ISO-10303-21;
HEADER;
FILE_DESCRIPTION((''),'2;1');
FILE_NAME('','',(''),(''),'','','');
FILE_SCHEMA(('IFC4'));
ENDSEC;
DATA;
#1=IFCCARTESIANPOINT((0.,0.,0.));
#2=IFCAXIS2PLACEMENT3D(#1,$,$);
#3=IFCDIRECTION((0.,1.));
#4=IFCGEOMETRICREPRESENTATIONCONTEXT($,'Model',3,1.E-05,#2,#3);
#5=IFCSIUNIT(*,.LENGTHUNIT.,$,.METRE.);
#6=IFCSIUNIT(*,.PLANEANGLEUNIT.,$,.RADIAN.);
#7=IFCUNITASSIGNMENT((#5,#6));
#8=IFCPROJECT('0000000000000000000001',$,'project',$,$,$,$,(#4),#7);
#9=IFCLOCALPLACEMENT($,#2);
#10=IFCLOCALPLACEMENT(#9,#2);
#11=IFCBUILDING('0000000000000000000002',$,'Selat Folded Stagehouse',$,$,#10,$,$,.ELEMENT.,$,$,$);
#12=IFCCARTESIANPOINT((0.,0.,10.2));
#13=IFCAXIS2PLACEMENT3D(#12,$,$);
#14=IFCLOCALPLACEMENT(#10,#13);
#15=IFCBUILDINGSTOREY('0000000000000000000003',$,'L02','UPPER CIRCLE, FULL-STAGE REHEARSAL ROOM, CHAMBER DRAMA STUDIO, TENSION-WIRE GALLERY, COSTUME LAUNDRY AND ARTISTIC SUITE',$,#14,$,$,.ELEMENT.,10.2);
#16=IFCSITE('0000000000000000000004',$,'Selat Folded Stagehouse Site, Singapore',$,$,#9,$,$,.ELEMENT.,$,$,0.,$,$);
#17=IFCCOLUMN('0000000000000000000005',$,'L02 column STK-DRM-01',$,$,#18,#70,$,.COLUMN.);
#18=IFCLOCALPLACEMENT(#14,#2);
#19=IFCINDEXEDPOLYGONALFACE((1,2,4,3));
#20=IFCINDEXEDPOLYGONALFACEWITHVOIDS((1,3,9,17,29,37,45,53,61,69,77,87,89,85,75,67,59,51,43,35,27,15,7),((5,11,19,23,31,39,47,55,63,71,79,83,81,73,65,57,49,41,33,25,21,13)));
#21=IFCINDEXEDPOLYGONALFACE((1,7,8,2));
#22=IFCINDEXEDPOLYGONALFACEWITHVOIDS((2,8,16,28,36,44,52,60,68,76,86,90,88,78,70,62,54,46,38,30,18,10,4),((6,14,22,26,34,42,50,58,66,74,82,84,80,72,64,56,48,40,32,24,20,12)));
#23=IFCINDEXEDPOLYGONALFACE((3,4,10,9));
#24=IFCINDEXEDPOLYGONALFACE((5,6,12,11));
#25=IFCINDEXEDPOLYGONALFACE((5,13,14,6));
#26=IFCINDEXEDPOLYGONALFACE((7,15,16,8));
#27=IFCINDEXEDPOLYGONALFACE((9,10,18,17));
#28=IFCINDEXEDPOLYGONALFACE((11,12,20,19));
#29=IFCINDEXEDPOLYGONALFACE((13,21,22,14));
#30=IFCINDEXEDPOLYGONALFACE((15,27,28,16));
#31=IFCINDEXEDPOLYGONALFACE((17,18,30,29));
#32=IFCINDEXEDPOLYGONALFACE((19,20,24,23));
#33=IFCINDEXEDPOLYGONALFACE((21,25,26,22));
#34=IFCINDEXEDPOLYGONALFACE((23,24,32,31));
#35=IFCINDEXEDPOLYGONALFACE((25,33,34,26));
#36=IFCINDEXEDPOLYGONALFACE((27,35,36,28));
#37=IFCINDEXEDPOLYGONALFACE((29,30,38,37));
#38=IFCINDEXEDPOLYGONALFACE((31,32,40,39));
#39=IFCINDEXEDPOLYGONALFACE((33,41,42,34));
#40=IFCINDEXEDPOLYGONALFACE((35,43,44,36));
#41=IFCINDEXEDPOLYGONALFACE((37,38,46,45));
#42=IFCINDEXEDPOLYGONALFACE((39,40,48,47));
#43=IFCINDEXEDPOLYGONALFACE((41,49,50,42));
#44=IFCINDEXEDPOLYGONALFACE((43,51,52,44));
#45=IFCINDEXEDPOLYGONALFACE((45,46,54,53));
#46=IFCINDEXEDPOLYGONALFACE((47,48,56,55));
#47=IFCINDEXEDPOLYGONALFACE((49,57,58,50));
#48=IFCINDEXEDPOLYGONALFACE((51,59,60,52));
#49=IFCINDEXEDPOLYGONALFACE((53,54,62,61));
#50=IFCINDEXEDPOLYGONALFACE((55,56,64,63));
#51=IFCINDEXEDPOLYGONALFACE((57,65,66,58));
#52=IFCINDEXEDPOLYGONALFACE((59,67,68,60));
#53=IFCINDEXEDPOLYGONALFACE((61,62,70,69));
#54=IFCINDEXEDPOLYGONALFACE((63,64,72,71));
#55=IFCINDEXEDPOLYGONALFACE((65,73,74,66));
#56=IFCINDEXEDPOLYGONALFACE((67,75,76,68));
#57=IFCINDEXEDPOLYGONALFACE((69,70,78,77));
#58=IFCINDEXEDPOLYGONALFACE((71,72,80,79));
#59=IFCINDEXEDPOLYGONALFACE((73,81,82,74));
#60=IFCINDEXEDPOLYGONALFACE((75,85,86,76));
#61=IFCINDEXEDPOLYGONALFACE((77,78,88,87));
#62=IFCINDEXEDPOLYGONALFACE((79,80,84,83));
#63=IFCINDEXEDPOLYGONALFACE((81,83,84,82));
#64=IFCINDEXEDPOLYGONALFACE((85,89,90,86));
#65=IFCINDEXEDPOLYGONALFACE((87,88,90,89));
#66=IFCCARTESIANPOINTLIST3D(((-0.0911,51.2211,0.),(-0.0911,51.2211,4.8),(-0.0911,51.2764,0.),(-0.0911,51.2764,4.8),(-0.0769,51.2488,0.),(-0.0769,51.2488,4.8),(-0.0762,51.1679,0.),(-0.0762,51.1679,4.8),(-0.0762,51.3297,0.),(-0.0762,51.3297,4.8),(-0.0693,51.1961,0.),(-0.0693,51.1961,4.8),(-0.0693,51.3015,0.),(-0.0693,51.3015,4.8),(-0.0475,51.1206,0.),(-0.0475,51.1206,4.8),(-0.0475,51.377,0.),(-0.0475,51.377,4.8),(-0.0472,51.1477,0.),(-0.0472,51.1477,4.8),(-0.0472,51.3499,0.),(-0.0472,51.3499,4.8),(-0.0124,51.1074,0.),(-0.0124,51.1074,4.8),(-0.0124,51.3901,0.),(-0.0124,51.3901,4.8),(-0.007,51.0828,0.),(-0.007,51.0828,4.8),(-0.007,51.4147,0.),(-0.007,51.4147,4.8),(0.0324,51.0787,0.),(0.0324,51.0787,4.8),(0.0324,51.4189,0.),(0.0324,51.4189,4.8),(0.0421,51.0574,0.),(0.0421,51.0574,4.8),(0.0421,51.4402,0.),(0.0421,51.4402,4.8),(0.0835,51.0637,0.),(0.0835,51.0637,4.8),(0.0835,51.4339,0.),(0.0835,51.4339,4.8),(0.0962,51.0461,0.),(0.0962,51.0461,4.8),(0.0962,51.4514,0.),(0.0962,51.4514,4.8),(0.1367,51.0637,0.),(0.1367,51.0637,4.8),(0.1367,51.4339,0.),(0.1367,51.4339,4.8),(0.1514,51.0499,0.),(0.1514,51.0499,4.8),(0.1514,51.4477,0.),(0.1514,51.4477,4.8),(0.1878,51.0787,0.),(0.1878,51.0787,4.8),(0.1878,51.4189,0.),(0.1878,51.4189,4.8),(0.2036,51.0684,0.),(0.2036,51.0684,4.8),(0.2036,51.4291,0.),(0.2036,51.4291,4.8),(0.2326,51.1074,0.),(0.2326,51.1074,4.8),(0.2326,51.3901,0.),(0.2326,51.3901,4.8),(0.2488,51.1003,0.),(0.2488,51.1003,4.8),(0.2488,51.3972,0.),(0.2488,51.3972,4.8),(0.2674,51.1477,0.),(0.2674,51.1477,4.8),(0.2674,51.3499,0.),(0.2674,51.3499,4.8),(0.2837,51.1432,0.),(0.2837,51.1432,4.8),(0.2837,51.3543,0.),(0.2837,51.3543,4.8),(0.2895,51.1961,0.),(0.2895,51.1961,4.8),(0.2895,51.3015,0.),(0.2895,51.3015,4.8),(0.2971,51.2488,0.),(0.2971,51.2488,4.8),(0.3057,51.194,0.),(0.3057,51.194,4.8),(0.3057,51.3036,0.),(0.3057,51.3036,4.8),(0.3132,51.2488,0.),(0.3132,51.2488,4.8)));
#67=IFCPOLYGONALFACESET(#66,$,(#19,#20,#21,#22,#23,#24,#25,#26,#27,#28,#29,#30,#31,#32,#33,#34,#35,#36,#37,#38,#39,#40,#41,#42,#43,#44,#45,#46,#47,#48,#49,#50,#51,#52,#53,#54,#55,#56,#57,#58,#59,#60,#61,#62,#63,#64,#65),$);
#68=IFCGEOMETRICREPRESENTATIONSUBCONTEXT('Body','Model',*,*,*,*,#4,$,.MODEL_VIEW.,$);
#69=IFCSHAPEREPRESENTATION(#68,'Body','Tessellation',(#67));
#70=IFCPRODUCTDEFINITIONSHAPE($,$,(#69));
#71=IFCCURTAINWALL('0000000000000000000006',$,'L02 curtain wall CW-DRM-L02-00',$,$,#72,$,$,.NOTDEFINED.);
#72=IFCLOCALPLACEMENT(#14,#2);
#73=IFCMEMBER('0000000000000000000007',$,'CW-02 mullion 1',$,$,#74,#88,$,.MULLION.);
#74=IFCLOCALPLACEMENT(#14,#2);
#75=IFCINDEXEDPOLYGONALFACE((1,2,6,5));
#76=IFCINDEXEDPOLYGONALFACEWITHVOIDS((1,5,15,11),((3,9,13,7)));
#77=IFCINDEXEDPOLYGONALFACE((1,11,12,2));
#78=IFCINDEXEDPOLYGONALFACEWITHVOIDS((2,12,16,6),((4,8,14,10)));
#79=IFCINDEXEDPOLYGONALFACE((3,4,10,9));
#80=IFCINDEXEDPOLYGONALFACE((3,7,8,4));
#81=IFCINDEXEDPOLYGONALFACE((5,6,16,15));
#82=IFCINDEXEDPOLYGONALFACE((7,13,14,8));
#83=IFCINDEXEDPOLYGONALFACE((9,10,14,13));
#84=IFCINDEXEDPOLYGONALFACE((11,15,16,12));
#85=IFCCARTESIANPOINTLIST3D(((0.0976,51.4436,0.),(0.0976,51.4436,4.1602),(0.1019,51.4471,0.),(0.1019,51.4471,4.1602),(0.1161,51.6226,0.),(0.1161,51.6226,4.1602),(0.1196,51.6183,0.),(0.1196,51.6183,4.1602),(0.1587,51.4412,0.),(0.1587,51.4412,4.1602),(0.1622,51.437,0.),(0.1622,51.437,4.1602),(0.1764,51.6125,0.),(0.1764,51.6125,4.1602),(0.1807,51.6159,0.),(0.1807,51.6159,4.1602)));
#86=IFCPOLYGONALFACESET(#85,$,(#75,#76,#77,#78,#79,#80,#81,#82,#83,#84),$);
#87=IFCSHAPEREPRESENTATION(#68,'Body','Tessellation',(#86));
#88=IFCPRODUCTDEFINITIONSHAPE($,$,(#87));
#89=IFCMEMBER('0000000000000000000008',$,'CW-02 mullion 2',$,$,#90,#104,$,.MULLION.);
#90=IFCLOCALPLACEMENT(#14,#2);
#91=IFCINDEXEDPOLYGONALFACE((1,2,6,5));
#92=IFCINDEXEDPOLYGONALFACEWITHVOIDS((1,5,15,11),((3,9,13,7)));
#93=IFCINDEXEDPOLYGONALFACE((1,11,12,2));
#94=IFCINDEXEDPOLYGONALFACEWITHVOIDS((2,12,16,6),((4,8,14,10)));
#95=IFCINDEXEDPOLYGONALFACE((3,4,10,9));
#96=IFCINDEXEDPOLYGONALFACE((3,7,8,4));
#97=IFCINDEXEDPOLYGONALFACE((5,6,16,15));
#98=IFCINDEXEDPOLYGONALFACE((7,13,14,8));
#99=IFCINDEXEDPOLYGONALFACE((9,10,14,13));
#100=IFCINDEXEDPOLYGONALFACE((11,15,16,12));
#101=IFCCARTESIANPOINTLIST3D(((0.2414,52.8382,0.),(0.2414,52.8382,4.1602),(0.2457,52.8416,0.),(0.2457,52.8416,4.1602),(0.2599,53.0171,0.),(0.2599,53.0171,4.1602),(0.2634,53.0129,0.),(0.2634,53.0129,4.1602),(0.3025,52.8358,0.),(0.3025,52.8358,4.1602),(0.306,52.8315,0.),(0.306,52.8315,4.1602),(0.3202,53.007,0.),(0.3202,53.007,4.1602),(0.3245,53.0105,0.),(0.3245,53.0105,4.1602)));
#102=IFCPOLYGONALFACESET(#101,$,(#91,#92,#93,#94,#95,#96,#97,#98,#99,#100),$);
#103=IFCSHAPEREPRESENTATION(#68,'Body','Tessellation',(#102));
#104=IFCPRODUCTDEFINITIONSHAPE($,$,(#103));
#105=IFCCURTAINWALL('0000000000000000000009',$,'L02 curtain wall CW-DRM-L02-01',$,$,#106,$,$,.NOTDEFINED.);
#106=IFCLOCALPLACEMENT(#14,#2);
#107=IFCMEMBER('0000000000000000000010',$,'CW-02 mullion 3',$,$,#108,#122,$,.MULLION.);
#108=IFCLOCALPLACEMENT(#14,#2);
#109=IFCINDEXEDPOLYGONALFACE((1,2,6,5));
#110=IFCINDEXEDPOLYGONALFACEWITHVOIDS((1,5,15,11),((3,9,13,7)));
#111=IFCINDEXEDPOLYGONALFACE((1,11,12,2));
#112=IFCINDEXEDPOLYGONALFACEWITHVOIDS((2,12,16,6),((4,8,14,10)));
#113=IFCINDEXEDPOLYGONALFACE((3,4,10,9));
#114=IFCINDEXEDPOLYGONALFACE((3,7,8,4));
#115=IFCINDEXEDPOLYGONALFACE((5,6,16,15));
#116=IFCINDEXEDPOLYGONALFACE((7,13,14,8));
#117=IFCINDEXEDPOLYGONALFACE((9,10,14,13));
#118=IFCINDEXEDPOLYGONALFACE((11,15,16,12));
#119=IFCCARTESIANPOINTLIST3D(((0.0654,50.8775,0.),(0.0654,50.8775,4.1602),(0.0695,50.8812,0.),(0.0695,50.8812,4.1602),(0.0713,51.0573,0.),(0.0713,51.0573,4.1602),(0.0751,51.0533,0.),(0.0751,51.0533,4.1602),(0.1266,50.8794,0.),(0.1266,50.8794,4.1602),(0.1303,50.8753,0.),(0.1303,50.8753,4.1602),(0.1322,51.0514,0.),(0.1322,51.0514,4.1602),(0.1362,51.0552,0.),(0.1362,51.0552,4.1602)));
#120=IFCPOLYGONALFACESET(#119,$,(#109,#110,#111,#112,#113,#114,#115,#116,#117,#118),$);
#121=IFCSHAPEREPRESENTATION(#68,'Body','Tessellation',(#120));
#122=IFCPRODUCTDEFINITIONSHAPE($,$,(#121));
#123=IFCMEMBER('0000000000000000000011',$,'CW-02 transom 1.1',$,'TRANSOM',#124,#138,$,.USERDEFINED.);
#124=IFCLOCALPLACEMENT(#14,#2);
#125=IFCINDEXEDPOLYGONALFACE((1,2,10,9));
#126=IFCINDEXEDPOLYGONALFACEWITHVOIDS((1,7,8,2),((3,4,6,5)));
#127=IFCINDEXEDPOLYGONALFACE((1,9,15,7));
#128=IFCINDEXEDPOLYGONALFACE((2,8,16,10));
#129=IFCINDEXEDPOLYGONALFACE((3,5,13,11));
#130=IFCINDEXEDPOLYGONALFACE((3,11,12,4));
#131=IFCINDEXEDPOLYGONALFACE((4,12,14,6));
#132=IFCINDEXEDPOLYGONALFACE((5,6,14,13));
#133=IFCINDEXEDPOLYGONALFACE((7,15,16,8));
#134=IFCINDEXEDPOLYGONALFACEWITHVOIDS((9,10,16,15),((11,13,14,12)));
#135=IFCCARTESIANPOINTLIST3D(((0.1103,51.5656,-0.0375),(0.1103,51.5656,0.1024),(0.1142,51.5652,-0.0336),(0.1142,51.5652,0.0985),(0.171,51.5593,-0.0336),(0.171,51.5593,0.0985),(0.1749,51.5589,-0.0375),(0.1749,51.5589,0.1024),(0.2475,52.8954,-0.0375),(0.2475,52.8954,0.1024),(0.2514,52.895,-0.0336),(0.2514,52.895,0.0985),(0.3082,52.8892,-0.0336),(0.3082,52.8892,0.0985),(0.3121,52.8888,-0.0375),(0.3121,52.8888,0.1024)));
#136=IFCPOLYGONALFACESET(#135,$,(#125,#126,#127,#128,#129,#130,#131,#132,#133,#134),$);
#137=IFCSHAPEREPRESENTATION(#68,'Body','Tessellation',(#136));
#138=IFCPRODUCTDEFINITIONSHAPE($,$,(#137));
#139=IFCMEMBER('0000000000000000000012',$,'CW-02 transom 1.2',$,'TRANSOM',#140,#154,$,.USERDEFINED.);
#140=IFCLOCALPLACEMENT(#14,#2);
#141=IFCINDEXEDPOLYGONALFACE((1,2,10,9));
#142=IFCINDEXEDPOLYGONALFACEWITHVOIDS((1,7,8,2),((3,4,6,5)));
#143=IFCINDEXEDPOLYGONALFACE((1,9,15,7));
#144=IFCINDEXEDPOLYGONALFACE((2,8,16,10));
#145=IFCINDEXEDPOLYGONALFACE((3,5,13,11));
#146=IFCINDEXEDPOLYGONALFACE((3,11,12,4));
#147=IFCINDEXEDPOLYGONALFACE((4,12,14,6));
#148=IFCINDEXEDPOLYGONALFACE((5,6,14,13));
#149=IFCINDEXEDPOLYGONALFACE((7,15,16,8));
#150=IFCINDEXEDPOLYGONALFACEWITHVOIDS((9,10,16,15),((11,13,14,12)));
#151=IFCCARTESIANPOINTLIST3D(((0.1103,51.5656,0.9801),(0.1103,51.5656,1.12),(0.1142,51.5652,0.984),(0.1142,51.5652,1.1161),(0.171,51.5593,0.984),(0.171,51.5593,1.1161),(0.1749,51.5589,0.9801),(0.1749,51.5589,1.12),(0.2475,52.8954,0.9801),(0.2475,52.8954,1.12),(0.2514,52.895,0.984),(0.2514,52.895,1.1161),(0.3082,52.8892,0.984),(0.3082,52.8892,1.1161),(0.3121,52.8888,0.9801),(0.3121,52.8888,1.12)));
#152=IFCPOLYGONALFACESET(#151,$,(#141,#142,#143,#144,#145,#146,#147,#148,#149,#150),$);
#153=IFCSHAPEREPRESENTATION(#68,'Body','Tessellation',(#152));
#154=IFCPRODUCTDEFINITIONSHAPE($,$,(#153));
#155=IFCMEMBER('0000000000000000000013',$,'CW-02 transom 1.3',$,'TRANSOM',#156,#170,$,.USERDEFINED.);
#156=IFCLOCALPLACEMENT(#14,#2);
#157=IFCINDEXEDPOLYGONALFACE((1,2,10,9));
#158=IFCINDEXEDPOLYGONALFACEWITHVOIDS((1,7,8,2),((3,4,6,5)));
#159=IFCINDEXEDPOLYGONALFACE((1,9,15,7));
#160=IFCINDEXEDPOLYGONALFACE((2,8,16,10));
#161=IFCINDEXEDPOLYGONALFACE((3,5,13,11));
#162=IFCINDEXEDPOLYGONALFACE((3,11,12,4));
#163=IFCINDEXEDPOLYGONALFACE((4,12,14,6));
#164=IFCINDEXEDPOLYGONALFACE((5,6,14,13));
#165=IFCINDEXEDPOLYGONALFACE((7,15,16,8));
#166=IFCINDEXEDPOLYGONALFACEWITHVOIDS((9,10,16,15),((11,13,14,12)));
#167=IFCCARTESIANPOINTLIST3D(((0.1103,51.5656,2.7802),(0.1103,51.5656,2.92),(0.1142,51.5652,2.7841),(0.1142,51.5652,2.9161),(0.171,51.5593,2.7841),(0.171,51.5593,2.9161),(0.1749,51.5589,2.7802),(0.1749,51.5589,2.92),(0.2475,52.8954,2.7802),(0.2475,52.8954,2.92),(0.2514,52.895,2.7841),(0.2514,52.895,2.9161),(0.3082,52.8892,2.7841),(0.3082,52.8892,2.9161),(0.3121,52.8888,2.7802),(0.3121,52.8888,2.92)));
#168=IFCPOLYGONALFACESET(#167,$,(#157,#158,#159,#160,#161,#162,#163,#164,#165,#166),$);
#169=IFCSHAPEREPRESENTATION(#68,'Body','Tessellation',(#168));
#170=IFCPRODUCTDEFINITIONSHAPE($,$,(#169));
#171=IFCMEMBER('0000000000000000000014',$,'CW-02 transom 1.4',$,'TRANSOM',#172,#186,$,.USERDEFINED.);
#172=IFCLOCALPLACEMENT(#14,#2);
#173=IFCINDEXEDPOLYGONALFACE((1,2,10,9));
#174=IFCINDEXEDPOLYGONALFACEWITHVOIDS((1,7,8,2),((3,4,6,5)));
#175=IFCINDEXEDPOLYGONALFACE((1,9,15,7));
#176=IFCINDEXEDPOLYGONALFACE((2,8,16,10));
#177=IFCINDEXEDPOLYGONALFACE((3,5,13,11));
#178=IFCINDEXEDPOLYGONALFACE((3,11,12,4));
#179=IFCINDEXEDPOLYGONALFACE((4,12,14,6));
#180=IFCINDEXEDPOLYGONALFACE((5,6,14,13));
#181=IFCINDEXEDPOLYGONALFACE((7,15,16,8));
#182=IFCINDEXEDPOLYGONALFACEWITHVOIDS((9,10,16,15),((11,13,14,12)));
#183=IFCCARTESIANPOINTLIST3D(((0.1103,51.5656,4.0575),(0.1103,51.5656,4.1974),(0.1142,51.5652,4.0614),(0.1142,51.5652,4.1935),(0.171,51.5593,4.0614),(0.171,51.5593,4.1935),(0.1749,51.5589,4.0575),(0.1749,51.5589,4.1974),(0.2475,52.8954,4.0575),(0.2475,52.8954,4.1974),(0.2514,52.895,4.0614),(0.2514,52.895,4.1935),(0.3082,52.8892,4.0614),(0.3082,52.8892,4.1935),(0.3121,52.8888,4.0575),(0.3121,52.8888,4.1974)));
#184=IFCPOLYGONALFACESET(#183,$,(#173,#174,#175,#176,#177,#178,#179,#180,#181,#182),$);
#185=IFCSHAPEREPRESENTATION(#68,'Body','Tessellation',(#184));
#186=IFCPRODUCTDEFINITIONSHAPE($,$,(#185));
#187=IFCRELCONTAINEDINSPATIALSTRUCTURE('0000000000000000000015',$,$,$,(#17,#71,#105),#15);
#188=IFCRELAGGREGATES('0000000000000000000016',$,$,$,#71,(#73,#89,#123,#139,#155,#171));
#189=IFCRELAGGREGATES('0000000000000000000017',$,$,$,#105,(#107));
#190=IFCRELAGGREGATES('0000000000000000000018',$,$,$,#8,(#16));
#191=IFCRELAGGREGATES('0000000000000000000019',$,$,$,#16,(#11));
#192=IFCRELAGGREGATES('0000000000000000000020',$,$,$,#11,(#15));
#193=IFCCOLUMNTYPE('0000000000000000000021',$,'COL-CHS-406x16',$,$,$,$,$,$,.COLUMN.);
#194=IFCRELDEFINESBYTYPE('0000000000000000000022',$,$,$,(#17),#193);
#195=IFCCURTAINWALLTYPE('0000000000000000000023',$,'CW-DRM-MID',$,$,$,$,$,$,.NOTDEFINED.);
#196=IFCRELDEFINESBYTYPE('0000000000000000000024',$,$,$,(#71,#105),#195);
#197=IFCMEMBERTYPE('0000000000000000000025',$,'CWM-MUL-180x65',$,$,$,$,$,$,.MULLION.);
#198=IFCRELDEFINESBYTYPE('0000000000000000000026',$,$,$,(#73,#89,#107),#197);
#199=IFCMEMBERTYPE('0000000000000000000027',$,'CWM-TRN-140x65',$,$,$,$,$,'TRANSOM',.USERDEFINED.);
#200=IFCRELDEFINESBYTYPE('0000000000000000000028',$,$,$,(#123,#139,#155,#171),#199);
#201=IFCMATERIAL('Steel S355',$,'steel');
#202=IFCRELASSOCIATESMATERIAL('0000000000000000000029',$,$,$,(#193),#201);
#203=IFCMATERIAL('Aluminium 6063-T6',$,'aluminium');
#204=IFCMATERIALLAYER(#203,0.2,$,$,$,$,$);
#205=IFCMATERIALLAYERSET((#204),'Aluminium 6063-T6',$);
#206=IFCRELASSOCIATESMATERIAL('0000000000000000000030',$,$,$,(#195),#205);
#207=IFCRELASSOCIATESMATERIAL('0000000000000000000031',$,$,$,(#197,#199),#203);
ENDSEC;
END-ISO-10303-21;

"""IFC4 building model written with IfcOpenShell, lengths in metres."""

from ifc_helpers import new_model, si_unit, direction, frame, origin, origin_2d, place, context, subcontext, project, spatial, hollow_rectangle, hollow_circle, extrude, material, layer, layer_set, material_profile, profile_set, type_object, element, aggregate, save


model = new_model("IFC4")

# Units and contexts
model_context = context("Model", 3, precision=1e-05, world=origin(), true_north=direction((0.0, 1.0)))
body_context = subcontext(model_context, "Body", "Model", "MODEL_VIEW")
ifc_project = project(units=[si_unit("LENGTHUNIT", "METRE"), si_unit("PLANEANGLEUNIT", "RADIAN")], contexts=[model_context])

# Site, building, storey
site_placement = place(None, origin())
site = spatial("IfcSite", under=ifc_project, at=site_placement, Name="Selat Folded Stagehouse Site, Singapore", CompositionType="ELEMENT", RefElevation=0.0)
building_placement = place(site_placement, origin())
building = spatial("IfcBuilding", under=site, at=building_placement, Name="Selat Folded Stagehouse", CompositionType="ELEMENT")
storey_placement = place(building_placement, frame((0.0, 0.0, 10.2)))
storey = spatial("IfcBuildingStorey", under=building, at=storey_placement, Name="L02", Description="UPPER CIRCLE, FULL-STAGE REHEARSAL ROOM, CHAMBER DRAMA STUDIO, TENSION-WIRE GALLERY, COSTUME LAUNDRY AND ARTISTIC SUITE", CompositionType="ELEMENT", Elevation=10.2)

# Column
ifc_material_1 = material(Name="Steel S355", Category="steel")
ifc_material_profile_1 = material_profile(ifc_material_1, hollow_circle(Radius=0.2031, WallThickness=0.0161, at=origin_2d()), Name="CHS 406.4x16.0")
ifc_profile_set_1 = profile_set([ifc_material_profile_1], Name="Steel S355")
column_type = type_object("IfcColumnType", Name="COL-CHS-406x16", PredefinedType="COLUMN", material=ifc_profile_set_1)
column_placement = place(storey_placement, frame((0.1101, 51.2488, 0.0), z_axis=(0.0, 0.0, 1.0), x_axis=(1.0, 0.0, 0.0)))
element("IfcColumn", 1, at=column_placement, inside=storey, type_object=column_type, Name="L02 column STK-DRM-01", PredefinedType="COLUMN", context=body_context, shape_type="SweptSolid", body=[
    extrude(hollow_circle(Radius=0.2031, WallThickness=0.0161, at=origin_2d()), origin(), (0.0, 0.0, 1.0), 4.8),
])

# Curtain wall, members
ifc_material_2 = material(Name="Aluminium 6063-T6", Category="aluminium")
ifc_layer_1 = layer(ifc_material_2, 0.2)
ifc_layer_set_1 = layer_set([ifc_layer_1], Name="Aluminium 6063-T6")
curtain_wall_type = type_object("IfcCurtainWallType", Name="CW-DRM-MID", PredefinedType="NOTDEFINED", material=ifc_layer_set_1)
curtain_wall_1_placement = place(storey_placement, origin())
curtain_wall_1 = element("IfcCurtainWall", 2, at=curtain_wall_1_placement, inside=storey, type_object=curtain_wall_type, Name="L02 curtain wall CW-DRM-L02-00", PredefinedType="NOTDEFINED")
ifc_material_profile_2 = material_profile(ifc_material_2, hollow_rectangle(XDim=0.0649, YDim=0.1799, WallThickness=0.0039, at=origin_2d()), Name="ALU 180x65x4.0")
ifc_profile_set_2 = profile_set([ifc_material_profile_2], Name="Aluminium 6063-T6")
member_type_1 = type_object("IfcMemberType", Name="CWM-MUL-180x65", PredefinedType="MULLION", material=ifc_profile_set_2)
member_1_placement = place(storey_placement, frame((0.1392, 51.5298, 0.0), z_axis=(0.0, 0.0, 1.0), x_axis=(-0.994721, 0.102616, 0.0)))
member_1 = element("IfcMember", 3, at=member_1_placement, type_object=member_type_1, Name="CW-02 mullion 1", PredefinedType="MULLION", context=body_context, shape_type="SweptSolid", body=[
    extrude(hollow_rectangle(XDim=0.0649, YDim=0.1799, WallThickness=0.0039, at=origin_2d()), origin(), (0.0, 0.0, 1.0), 4.1602),
])
member_2_placement = place(storey_placement, frame((0.283, 52.9243, 0.0), z_axis=(0.0, 0.0, 1.0), x_axis=(-0.994721, 0.102616, 0.0)))
member_2 = element("IfcMember", 4, at=member_2_placement, type_object=member_type_1, Name="CW-02 mullion 2", PredefinedType="MULLION", context=body_context, shape_type="SweptSolid", body=[
    extrude(hollow_rectangle(XDim=0.0649, YDim=0.1799, WallThickness=0.0039, at=origin_2d()), origin(), (0.0, 0.0, 1.0), 4.1602),
])

# Curtain wall, member
curtain_wall_2_placement = place(storey_placement, origin())
curtain_wall_2 = element("IfcCurtainWall", 5, at=curtain_wall_2_placement, inside=storey, type_object=curtain_wall_type, Name="L02 curtain wall CW-DRM-L02-01", PredefinedType="NOTDEFINED")
member_3_placement = place(storey_placement, frame((0.1008, 50.9663, 0.0), z_axis=(0.0, 0.0, 1.0), x_axis=(-0.999468, 0.032625, 0.0)))
member_3 = element("IfcMember", 6, at=member_3_placement, type_object=member_type_1, Name="CW-02 mullion 3", PredefinedType="MULLION", context=body_context, shape_type="SweptSolid", body=[
    extrude(hollow_rectangle(XDim=0.0649, YDim=0.1799, WallThickness=0.0039, at=origin_2d()), origin(), (0.0, 0.0, 1.0), 4.1602),
])

# Members
ifc_material_profile_3 = material_profile(ifc_material_2, hollow_rectangle(XDim=0.0649, YDim=0.1399, WallThickness=0.0039, at=origin_2d()), Name="ALU 140x65x4.0")
ifc_profile_set_3 = profile_set([ifc_material_profile_3], Name="Aluminium 6063-T6")
member_type_2 = type_object("IfcMemberType", Name="CWM-TRN-140x65", ElementType="TRANSOM", PredefinedType="USERDEFINED", material=ifc_profile_set_3)
member_4_placement = place(storey_placement, frame((0.1426, 51.5623, 0.0325), z_axis=(0.102631, 0.994719, 0.0), x_axis=(-0.994719, 0.102631, 0.0)))
member_4 = element("IfcMember", 7, at=member_4_placement, type_object=member_type_2, Name="CW-02 transom 1.1", ObjectType="TRANSOM", PredefinedType="USERDEFINED", context=body_context, shape_type="SweptSolid", body=[
    extrude(hollow_rectangle(XDim=0.0649, YDim=0.1399, WallThickness=0.0039, at=origin_2d()), origin(), (0.0, 0.0, 1.0), 1.3369),
])
member_5_placement = place(storey_placement, frame((0.1426, 51.5623, 1.05), z_axis=(0.102631, 0.994719, 0.0), x_axis=(-0.994719, 0.102631, 0.0)))
member_5 = element("IfcMember", 8, at=member_5_placement, type_object=member_type_2, Name="CW-02 transom 1.2", ObjectType="TRANSOM", PredefinedType="USERDEFINED", context=body_context, shape_type="SweptSolid", body=[
    extrude(hollow_rectangle(XDim=0.0649, YDim=0.1399, WallThickness=0.0039, at=origin_2d()), origin(), (0.0, 0.0, 1.0), 1.3369),
])
member_6_placement = place(storey_placement, frame((0.1426, 51.5623, 2.8501), z_axis=(0.102631, 0.994719, 0.0), x_axis=(-0.994719, 0.102631, 0.0)))
member_6 = element("IfcMember", 9, at=member_6_placement, type_object=member_type_2, Name="CW-02 transom 1.3", ObjectType="TRANSOM", PredefinedType="USERDEFINED", context=body_context, shape_type="SweptSolid", body=[
    extrude(hollow_rectangle(XDim=0.0649, YDim=0.1399, WallThickness=0.0039, at=origin_2d()), origin(), (0.0, 0.0, 1.0), 1.3369),
])
member_7_placement = place(storey_placement, frame((0.1426, 51.5623, 4.1274), z_axis=(0.102631, 0.994719, 0.0), x_axis=(-0.994719, 0.102631, 0.0)))
member_7 = element("IfcMember", 10, at=member_7_placement, type_object=member_type_2, Name="CW-02 transom 1.4", ObjectType="TRANSOM", PredefinedType="USERDEFINED", context=body_context, shape_type="SweptSolid", body=[
    extrude(hollow_rectangle(XDim=0.0649, YDim=0.1399, WallThickness=0.0039, at=origin_2d()), origin(), (0.0, 0.0, 1.0), 1.3369),
])

aggregate(curtain_wall_1, [member_1, member_2, member_4, member_5, member_6, member_7])
aggregate(curtain_wall_2, [member_3])

save(model, "model.ifc")
